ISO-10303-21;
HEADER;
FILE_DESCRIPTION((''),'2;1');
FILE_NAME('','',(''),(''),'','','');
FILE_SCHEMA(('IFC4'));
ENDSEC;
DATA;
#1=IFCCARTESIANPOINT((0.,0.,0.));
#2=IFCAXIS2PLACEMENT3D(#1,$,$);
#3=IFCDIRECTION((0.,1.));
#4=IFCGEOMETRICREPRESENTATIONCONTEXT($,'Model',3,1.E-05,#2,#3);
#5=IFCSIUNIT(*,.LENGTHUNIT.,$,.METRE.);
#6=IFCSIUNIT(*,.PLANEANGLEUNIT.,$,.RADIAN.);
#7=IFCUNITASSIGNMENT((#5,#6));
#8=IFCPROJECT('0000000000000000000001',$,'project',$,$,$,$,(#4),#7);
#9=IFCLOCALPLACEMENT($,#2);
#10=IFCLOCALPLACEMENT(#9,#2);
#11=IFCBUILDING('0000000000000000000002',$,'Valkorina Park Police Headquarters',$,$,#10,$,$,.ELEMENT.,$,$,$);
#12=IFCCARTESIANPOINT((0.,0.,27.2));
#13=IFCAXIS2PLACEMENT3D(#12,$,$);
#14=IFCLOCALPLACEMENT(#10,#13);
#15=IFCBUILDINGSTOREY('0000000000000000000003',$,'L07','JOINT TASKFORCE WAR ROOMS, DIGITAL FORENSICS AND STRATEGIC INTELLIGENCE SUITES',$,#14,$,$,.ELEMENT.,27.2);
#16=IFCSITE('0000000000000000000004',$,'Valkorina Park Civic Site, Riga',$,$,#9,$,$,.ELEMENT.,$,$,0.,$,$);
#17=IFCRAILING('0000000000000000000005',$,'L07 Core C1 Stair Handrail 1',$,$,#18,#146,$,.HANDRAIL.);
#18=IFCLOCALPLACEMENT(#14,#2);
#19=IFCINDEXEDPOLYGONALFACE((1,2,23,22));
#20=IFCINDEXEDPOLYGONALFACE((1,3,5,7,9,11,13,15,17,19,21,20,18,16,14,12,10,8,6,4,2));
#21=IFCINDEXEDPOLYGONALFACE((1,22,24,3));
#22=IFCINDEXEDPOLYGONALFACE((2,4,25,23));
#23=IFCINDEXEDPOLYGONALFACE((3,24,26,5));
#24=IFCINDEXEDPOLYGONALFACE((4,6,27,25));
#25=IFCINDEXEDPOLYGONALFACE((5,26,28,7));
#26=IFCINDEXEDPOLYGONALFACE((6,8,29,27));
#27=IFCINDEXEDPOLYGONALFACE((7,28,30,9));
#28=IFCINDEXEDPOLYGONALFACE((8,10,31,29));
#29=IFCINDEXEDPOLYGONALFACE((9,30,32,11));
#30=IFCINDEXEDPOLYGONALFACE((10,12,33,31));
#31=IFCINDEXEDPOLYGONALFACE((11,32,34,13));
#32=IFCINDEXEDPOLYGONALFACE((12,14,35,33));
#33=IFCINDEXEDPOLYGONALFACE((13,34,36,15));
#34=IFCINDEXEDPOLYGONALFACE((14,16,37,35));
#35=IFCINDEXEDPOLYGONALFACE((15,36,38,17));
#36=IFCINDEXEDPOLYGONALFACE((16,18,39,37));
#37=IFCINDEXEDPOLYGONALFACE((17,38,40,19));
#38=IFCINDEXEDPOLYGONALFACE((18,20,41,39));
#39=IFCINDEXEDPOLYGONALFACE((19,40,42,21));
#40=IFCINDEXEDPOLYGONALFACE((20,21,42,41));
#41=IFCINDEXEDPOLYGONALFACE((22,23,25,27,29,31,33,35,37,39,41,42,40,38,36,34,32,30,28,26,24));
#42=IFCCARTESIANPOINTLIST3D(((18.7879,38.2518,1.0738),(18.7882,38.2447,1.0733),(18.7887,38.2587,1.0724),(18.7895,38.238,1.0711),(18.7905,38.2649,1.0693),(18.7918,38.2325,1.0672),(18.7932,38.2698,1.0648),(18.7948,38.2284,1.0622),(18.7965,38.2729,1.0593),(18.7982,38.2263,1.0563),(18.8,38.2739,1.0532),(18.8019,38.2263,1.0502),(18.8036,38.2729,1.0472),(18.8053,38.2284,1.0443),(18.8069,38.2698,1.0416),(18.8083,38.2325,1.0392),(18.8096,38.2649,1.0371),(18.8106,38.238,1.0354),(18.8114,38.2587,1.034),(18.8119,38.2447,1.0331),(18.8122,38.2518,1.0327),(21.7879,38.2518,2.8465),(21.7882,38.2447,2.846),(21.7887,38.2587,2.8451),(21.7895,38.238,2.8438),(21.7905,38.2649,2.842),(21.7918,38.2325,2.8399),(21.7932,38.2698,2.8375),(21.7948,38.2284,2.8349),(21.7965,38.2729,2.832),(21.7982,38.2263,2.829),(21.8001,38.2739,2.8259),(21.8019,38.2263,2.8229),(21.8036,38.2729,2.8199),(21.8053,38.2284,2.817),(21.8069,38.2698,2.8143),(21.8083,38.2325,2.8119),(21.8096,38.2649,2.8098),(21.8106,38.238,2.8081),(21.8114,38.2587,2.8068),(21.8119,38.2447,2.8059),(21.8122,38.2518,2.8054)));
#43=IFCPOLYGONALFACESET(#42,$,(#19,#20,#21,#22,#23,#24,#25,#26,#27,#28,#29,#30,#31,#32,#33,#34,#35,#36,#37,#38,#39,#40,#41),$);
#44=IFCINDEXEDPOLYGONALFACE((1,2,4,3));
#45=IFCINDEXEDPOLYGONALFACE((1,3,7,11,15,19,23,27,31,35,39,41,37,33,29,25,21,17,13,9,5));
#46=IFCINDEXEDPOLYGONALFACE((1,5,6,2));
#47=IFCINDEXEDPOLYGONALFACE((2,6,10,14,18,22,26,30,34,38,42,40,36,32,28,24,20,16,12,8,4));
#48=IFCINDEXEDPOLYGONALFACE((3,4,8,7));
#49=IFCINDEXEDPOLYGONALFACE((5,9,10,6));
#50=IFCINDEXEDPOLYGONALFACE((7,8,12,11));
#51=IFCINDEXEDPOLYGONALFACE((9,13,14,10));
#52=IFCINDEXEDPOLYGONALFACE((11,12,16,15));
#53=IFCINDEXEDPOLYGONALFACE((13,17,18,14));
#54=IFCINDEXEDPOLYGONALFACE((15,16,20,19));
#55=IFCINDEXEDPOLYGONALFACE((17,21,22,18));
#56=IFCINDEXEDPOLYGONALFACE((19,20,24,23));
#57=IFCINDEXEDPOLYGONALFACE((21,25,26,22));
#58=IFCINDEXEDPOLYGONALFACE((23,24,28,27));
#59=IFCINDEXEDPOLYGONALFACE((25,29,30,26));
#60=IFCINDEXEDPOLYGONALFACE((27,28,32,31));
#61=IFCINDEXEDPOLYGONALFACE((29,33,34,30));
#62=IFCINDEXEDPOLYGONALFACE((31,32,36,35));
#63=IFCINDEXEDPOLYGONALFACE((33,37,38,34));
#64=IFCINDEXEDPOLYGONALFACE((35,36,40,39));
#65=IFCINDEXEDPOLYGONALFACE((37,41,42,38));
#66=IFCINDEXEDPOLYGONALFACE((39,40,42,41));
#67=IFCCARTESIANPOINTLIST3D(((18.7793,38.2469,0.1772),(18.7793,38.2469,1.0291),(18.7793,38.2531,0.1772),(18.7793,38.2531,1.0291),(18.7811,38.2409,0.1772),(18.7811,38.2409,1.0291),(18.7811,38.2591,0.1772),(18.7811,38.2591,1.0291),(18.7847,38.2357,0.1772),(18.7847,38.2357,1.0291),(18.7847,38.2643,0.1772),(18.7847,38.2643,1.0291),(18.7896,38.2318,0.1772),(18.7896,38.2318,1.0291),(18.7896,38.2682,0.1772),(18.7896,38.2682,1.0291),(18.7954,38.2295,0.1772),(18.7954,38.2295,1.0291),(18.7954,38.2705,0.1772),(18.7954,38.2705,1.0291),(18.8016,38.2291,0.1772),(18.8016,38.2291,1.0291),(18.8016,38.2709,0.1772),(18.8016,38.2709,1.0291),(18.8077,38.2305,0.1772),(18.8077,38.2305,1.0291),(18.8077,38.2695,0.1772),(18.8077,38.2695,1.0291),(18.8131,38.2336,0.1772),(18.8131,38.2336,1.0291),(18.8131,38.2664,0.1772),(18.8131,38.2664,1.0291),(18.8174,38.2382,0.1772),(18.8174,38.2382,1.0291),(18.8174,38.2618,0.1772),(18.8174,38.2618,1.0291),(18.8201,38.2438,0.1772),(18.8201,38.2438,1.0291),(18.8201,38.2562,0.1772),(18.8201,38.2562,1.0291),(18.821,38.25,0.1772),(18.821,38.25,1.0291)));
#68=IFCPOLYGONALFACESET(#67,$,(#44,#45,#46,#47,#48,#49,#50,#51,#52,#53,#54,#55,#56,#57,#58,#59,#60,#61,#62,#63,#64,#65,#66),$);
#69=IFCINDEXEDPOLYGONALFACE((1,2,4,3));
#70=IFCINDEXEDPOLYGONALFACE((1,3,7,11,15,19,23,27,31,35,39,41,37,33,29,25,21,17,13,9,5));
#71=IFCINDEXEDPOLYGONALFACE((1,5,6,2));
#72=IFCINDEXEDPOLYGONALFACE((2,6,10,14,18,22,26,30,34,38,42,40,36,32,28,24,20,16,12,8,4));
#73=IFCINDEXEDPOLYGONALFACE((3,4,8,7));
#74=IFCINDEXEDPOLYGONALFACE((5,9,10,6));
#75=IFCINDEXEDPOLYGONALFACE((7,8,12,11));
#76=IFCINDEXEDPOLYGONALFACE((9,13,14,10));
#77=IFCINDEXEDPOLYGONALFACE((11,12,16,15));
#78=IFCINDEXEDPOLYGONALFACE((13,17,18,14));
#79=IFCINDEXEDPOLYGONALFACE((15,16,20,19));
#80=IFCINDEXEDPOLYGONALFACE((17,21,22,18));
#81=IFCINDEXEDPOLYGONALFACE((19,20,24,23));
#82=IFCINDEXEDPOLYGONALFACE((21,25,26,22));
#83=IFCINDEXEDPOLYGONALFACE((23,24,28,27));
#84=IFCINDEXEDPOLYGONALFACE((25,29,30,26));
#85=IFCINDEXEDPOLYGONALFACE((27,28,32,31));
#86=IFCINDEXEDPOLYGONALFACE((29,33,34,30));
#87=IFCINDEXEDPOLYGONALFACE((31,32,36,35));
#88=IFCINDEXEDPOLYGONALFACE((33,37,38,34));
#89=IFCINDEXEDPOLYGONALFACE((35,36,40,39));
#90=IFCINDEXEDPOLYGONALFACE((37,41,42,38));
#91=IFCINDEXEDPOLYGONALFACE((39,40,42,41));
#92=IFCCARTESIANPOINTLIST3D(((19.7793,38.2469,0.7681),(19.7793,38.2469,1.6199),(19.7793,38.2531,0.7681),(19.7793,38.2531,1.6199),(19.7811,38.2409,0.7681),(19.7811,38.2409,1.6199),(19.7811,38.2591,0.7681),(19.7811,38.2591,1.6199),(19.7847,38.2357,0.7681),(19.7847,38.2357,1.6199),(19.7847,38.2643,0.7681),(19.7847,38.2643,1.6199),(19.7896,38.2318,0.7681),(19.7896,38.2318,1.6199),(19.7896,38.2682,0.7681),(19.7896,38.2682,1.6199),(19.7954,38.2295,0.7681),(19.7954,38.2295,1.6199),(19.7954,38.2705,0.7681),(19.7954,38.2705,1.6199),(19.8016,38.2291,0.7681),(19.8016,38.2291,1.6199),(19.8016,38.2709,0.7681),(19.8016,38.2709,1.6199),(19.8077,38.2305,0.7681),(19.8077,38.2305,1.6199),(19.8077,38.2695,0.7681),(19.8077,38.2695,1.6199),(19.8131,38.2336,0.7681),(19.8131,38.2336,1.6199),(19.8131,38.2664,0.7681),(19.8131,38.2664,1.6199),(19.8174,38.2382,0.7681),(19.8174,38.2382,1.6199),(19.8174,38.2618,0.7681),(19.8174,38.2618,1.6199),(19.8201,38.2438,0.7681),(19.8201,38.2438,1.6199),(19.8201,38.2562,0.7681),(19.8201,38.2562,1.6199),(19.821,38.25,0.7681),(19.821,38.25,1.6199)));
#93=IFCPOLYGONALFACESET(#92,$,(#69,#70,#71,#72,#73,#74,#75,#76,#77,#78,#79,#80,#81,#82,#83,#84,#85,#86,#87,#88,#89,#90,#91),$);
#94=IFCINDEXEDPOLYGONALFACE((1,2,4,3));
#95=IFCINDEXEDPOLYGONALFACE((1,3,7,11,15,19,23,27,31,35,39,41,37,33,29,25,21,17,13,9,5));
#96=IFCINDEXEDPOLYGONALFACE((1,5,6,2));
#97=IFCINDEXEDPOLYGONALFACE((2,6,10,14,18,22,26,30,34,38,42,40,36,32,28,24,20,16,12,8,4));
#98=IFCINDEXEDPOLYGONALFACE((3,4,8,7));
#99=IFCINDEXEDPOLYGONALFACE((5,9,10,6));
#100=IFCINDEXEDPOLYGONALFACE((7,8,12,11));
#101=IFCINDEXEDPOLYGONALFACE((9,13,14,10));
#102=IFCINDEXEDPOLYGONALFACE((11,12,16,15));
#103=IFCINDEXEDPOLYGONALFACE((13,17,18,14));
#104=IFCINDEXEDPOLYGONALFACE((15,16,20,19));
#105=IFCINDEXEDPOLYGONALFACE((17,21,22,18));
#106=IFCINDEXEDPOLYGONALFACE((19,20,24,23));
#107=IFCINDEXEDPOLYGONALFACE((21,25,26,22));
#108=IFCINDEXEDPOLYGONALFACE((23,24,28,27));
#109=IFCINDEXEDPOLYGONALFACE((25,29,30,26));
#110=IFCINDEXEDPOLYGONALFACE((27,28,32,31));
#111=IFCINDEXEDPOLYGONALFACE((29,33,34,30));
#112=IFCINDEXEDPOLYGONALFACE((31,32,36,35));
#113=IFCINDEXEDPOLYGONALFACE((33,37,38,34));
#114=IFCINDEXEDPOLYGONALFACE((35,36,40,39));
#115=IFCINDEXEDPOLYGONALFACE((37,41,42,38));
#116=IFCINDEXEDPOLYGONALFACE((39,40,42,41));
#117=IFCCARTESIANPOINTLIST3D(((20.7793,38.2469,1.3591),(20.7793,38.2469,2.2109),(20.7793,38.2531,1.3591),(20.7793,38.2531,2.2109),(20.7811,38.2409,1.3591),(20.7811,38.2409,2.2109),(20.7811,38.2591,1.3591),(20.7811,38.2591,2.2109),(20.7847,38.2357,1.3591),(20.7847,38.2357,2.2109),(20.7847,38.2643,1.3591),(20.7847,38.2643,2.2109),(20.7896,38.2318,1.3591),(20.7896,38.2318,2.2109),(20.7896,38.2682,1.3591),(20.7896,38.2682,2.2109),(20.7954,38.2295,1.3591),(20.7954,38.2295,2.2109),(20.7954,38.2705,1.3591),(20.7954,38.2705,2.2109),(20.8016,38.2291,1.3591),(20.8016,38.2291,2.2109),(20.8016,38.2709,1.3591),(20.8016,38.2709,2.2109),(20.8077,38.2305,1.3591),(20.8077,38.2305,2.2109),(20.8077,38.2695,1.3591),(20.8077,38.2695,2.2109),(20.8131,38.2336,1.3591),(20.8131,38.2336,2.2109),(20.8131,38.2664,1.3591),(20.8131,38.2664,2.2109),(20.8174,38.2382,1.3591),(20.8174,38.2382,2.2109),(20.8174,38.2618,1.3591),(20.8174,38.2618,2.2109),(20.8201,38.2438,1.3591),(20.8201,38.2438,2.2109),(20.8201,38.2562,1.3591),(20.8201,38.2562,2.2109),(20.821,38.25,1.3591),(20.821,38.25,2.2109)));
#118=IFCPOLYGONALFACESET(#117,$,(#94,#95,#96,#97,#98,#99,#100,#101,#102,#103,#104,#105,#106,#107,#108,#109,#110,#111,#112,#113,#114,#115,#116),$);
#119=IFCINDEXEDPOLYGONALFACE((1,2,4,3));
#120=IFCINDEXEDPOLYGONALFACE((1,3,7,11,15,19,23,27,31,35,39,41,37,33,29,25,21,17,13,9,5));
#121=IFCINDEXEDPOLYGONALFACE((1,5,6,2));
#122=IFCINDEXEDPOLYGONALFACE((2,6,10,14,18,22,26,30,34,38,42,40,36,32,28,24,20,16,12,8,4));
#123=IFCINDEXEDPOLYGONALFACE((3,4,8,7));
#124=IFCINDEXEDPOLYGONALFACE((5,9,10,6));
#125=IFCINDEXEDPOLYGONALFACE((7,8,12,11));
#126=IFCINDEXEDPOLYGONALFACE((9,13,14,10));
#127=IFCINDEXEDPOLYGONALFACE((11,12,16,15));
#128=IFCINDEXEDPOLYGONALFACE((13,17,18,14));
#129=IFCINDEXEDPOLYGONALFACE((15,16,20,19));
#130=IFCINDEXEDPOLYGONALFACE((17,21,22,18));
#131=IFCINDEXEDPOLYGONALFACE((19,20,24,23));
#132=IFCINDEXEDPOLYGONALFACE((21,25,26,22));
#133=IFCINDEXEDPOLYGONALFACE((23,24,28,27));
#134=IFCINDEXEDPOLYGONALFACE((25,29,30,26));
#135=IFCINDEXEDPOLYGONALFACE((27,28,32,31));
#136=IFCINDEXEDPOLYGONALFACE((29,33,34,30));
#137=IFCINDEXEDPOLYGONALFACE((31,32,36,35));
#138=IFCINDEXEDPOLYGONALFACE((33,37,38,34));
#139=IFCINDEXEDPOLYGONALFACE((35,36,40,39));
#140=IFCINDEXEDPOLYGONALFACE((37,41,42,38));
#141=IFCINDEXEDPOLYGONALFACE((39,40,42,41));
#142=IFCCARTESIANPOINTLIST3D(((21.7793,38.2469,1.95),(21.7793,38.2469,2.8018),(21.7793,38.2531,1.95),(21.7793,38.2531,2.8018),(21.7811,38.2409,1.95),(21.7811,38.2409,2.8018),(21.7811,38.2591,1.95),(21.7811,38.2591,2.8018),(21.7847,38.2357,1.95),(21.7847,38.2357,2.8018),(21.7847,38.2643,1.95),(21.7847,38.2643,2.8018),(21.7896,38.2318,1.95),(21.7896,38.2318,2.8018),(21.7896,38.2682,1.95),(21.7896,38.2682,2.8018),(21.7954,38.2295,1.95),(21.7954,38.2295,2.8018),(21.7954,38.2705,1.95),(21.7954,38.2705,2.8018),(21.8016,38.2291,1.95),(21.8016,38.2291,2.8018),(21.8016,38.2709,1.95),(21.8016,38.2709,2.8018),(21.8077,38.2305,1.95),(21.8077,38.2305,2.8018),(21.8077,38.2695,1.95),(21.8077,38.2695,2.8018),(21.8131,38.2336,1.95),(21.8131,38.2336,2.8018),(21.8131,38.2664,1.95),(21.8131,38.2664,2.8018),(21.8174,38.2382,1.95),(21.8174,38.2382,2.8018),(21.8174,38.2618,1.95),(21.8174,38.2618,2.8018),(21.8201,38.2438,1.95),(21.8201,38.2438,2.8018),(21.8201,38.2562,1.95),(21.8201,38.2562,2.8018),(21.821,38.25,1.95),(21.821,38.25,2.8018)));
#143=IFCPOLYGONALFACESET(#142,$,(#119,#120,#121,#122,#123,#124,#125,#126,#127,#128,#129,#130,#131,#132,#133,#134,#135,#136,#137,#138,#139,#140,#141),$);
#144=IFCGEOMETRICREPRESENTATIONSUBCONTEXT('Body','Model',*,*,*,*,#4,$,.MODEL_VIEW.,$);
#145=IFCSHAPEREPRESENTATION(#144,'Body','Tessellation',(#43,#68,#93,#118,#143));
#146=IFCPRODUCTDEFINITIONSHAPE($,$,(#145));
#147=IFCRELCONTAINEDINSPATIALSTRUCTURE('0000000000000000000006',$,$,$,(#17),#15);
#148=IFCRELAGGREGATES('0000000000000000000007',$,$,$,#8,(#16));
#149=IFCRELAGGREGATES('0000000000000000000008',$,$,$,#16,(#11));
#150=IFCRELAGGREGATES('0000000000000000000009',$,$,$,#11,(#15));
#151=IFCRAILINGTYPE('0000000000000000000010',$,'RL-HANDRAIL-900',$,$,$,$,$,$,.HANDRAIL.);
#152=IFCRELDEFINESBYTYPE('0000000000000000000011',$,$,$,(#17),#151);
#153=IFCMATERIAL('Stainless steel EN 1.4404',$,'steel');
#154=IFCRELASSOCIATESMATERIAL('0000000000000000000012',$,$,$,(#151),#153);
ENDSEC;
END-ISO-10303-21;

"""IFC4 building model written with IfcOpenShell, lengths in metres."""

from ifc_helpers import new_model, si_unit, direction, frame, origin, origin_2d, place, context, subcontext, project, spatial, circle, extrude, material, type_object, element, save


model = new_model("IFC4")

# Units and contexts
model_context = context("Model", 3, precision=1e-05, world=origin(), true_north=direction((0.0, 1.0)))
body_context = subcontext(model_context, "Body", "Model", "MODEL_VIEW")
ifc_project = project(units=[si_unit("LENGTHUNIT", "METRE"), si_unit("PLANEANGLEUNIT", "RADIAN")], contexts=[model_context])

# Site, building, storey
site_placement = place(None, origin())
site = spatial("IfcSite", under=ifc_project, at=site_placement, Name="Valkorina Park Civic Site, Riga", CompositionType="ELEMENT", RefElevation=0.0)
building_placement = place(site_placement, origin())
building = spatial("IfcBuilding", under=site, at=building_placement, Name="Valkorina Park Police Headquarters", CompositionType="ELEMENT")
storey_placement = place(building_placement, frame((0.0, 0.0, 27.2)))
storey = spatial("IfcBuildingStorey", under=building, at=storey_placement, Name="L07", Description="JOINT TASKFORCE WAR ROOMS, DIGITAL FORENSICS AND STRATEGIC INTELLIGENCE SUITES", CompositionType="ELEMENT", Elevation=27.2)

# Railing
ifc_material_1 = material(Name="Stainless steel EN 1.4404", Category="steel")
railing_type_1 = type_object("IfcRailingType", Name="RL-HANDRAIL-900", PredefinedType="HANDRAIL", material=ifc_material_1)
railing_1_placement = place(storey_placement, frame((18.8, 38.25, 0.1772)))
element("IfcRailing", 1, at=railing_1_placement, inside=storey, type_object=railing_type_1, Name="L07 Core C1 Stair Handrail 1", PredefinedType="HANDRAIL", context=body_context, shape_type="SweptSolid", body=[
    extrude(circle(Radius=0.0239, at=origin_2d()), frame((0.0, 0.0, 0.876), z_axis=(0.860929, 0.0, 0.508725), x_axis=(0.0, 1.0, 0.0)), (0.0, 0.0, 1.0), 3.4846),
    extrude(circle(Radius=0.021, at=origin_2d()), origin(), (0.0, 0.0, 1.0), 0.8518),
    extrude(circle(Radius=0.021, at=origin_2d()), frame((1.0, 0.0, 0.5908)), (0.0, 0.0, 1.0), 0.8518),
    extrude(circle(Radius=0.021, at=origin_2d()), frame((2.0, 0.0, 1.1819)), (0.0, 0.0, 1.0), 0.8518),
    extrude(circle(Radius=0.021, at=origin_2d()), frame((3.0, 0.0, 1.7727)), (0.0, 0.0, 1.0), 0.8518),
])

save(model, "model.ifc")
